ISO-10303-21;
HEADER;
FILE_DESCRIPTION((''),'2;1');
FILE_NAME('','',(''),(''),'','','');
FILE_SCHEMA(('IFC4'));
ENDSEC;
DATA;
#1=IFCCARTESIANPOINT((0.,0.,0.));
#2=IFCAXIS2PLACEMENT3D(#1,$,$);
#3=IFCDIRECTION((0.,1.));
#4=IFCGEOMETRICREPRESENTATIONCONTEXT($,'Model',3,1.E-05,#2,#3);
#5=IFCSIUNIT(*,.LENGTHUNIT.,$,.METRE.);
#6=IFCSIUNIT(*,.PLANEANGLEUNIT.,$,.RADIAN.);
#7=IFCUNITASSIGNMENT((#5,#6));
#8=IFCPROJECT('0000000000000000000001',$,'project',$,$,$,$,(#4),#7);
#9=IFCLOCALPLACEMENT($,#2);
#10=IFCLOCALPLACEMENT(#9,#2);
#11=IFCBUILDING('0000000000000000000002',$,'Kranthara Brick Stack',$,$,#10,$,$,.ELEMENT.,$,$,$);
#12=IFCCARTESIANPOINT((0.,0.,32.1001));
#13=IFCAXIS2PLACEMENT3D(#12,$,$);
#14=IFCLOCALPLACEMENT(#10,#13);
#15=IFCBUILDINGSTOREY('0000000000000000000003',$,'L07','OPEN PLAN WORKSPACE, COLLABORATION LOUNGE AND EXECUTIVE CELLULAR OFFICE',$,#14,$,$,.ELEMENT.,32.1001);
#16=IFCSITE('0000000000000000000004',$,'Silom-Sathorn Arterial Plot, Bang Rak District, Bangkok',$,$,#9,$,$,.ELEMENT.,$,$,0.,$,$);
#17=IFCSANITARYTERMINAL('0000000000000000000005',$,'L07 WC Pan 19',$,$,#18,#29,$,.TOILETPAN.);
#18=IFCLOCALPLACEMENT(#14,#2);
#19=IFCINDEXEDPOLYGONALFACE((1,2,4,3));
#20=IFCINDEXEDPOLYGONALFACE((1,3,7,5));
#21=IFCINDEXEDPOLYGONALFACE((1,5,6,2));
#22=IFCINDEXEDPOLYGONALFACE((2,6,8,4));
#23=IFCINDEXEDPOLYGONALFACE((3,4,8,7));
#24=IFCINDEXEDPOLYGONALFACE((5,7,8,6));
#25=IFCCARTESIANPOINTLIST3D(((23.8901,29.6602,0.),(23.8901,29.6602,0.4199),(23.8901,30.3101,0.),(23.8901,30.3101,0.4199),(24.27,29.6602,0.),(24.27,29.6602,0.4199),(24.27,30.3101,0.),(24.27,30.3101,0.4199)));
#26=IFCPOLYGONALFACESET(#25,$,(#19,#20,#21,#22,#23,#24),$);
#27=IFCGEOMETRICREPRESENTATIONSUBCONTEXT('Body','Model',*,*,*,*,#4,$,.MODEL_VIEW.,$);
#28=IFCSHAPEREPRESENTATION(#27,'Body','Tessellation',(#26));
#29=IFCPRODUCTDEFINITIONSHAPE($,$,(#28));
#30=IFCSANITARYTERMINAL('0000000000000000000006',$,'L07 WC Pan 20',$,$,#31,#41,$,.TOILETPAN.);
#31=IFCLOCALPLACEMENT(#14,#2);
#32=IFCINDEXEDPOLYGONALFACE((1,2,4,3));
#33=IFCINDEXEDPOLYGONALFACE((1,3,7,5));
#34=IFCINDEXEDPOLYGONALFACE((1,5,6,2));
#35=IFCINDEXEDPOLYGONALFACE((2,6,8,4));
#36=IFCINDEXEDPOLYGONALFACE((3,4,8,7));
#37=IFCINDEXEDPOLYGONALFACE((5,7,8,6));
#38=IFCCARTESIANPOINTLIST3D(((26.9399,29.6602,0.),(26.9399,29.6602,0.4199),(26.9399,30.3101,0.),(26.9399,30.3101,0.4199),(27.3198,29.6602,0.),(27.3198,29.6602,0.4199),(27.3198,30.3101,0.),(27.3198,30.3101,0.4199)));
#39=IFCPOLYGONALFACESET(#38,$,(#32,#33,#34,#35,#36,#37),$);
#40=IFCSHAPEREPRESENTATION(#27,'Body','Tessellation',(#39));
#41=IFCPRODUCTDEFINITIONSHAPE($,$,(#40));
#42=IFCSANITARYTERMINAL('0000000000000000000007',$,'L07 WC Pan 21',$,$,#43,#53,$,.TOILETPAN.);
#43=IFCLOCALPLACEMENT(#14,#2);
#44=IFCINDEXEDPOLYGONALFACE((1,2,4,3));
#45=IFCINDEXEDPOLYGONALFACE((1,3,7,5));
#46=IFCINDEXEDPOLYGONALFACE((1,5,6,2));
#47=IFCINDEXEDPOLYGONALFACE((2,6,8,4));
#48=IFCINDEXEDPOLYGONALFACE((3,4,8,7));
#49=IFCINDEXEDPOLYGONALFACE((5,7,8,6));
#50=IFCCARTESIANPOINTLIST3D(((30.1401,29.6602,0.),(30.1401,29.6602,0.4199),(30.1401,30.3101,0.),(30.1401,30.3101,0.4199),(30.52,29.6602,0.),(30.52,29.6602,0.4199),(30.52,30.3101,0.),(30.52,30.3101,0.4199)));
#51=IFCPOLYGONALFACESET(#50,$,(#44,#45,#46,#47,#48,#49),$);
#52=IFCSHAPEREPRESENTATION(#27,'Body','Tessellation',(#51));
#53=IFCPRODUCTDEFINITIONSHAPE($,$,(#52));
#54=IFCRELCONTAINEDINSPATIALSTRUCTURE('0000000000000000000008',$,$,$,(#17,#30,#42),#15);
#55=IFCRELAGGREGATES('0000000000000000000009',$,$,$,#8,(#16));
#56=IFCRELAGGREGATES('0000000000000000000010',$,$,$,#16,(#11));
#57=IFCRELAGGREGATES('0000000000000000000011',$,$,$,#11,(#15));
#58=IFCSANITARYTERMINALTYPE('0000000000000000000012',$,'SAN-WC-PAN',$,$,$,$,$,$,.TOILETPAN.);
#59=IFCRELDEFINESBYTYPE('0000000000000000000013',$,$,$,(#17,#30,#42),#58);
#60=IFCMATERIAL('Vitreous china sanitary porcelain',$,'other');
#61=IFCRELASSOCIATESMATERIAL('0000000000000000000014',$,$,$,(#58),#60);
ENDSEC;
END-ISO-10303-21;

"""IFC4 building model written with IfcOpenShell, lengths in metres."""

from ifc_helpers import new_model, si_unit, direction, frame, origin, origin_2d, place, context, subcontext, project, spatial, rectangle, extrude, material, type_object, element, save


model = new_model("IFC4")

# Units and contexts
model_context = context("Model", 3, precision=1e-05, world=origin(), true_north=direction((0.0, 1.0)))
body_context = subcontext(model_context, "Body", "Model", "MODEL_VIEW")
ifc_project = project(units=[si_unit("LENGTHUNIT", "METRE"), si_unit("PLANEANGLEUNIT", "RADIAN")], contexts=[model_context])

# Site, building, storey
site_placement = place(None, origin())
site = spatial("IfcSite", under=ifc_project, at=site_placement, Name="Silom-Sathorn Arterial Plot, Bang Rak District, Bangkok", CompositionType="ELEMENT", RefElevation=0.0)
building_placement = place(site_placement, origin())
building = spatial("IfcBuilding", under=site, at=building_placement, Name="Kranthara Brick Stack", CompositionType="ELEMENT")
storey_placement = place(building_placement, frame((0.0, 0.0, 32.1001)))
storey = spatial("IfcBuildingStorey", under=building, at=storey_placement, Name="L07", Description="OPEN PLAN WORKSPACE, COLLABORATION LOUNGE AND EXECUTIVE CELLULAR OFFICE", CompositionType="ELEMENT", Elevation=32.1001)

# Sanitary terminals
ifc_material_1 = material(Name="Vitreous china sanitary porcelain", Category="other")
sanitary_terminal_type_1 = type_object("IfcSanitaryTerminalType", Name="SAN-WC-PAN", PredefinedType="TOILETPAN", material=ifc_material_1)
for number, where, z_axis, x_axis, name in (
    (1, (24.0801, 29.9851, 0.0), (0.0, 0.0, 1.0), (1.0, 0.0, 0.0), "L07 WC Pan 19"),
    (2, (27.1299, 29.9851, 0.0), (0.0, 0.0, 1.0), (1.0, 0.0, 0.0), "L07 WC Pan 20"),
    (3, (30.3301, 29.9851, 0.0), (0.0, 0.0, 1.0), (1.0, 0.0, 0.0), "L07 WC Pan 21"),
):
    element("IfcSanitaryTerminal", number, at=place(storey_placement, frame(where, z_axis=z_axis, x_axis=x_axis)), inside=storey, type_object=sanitary_terminal_type_1, Name=name, PredefinedType="TOILETPAN", context=body_context, shape_type="SweptSolid", body=[
        extrude(rectangle(XDim=0.3799, YDim=0.6499, at=origin_2d()), origin(), (0.0, 0.0, 1.0), 0.4199),
    ])

save(model, "model.ifc")
